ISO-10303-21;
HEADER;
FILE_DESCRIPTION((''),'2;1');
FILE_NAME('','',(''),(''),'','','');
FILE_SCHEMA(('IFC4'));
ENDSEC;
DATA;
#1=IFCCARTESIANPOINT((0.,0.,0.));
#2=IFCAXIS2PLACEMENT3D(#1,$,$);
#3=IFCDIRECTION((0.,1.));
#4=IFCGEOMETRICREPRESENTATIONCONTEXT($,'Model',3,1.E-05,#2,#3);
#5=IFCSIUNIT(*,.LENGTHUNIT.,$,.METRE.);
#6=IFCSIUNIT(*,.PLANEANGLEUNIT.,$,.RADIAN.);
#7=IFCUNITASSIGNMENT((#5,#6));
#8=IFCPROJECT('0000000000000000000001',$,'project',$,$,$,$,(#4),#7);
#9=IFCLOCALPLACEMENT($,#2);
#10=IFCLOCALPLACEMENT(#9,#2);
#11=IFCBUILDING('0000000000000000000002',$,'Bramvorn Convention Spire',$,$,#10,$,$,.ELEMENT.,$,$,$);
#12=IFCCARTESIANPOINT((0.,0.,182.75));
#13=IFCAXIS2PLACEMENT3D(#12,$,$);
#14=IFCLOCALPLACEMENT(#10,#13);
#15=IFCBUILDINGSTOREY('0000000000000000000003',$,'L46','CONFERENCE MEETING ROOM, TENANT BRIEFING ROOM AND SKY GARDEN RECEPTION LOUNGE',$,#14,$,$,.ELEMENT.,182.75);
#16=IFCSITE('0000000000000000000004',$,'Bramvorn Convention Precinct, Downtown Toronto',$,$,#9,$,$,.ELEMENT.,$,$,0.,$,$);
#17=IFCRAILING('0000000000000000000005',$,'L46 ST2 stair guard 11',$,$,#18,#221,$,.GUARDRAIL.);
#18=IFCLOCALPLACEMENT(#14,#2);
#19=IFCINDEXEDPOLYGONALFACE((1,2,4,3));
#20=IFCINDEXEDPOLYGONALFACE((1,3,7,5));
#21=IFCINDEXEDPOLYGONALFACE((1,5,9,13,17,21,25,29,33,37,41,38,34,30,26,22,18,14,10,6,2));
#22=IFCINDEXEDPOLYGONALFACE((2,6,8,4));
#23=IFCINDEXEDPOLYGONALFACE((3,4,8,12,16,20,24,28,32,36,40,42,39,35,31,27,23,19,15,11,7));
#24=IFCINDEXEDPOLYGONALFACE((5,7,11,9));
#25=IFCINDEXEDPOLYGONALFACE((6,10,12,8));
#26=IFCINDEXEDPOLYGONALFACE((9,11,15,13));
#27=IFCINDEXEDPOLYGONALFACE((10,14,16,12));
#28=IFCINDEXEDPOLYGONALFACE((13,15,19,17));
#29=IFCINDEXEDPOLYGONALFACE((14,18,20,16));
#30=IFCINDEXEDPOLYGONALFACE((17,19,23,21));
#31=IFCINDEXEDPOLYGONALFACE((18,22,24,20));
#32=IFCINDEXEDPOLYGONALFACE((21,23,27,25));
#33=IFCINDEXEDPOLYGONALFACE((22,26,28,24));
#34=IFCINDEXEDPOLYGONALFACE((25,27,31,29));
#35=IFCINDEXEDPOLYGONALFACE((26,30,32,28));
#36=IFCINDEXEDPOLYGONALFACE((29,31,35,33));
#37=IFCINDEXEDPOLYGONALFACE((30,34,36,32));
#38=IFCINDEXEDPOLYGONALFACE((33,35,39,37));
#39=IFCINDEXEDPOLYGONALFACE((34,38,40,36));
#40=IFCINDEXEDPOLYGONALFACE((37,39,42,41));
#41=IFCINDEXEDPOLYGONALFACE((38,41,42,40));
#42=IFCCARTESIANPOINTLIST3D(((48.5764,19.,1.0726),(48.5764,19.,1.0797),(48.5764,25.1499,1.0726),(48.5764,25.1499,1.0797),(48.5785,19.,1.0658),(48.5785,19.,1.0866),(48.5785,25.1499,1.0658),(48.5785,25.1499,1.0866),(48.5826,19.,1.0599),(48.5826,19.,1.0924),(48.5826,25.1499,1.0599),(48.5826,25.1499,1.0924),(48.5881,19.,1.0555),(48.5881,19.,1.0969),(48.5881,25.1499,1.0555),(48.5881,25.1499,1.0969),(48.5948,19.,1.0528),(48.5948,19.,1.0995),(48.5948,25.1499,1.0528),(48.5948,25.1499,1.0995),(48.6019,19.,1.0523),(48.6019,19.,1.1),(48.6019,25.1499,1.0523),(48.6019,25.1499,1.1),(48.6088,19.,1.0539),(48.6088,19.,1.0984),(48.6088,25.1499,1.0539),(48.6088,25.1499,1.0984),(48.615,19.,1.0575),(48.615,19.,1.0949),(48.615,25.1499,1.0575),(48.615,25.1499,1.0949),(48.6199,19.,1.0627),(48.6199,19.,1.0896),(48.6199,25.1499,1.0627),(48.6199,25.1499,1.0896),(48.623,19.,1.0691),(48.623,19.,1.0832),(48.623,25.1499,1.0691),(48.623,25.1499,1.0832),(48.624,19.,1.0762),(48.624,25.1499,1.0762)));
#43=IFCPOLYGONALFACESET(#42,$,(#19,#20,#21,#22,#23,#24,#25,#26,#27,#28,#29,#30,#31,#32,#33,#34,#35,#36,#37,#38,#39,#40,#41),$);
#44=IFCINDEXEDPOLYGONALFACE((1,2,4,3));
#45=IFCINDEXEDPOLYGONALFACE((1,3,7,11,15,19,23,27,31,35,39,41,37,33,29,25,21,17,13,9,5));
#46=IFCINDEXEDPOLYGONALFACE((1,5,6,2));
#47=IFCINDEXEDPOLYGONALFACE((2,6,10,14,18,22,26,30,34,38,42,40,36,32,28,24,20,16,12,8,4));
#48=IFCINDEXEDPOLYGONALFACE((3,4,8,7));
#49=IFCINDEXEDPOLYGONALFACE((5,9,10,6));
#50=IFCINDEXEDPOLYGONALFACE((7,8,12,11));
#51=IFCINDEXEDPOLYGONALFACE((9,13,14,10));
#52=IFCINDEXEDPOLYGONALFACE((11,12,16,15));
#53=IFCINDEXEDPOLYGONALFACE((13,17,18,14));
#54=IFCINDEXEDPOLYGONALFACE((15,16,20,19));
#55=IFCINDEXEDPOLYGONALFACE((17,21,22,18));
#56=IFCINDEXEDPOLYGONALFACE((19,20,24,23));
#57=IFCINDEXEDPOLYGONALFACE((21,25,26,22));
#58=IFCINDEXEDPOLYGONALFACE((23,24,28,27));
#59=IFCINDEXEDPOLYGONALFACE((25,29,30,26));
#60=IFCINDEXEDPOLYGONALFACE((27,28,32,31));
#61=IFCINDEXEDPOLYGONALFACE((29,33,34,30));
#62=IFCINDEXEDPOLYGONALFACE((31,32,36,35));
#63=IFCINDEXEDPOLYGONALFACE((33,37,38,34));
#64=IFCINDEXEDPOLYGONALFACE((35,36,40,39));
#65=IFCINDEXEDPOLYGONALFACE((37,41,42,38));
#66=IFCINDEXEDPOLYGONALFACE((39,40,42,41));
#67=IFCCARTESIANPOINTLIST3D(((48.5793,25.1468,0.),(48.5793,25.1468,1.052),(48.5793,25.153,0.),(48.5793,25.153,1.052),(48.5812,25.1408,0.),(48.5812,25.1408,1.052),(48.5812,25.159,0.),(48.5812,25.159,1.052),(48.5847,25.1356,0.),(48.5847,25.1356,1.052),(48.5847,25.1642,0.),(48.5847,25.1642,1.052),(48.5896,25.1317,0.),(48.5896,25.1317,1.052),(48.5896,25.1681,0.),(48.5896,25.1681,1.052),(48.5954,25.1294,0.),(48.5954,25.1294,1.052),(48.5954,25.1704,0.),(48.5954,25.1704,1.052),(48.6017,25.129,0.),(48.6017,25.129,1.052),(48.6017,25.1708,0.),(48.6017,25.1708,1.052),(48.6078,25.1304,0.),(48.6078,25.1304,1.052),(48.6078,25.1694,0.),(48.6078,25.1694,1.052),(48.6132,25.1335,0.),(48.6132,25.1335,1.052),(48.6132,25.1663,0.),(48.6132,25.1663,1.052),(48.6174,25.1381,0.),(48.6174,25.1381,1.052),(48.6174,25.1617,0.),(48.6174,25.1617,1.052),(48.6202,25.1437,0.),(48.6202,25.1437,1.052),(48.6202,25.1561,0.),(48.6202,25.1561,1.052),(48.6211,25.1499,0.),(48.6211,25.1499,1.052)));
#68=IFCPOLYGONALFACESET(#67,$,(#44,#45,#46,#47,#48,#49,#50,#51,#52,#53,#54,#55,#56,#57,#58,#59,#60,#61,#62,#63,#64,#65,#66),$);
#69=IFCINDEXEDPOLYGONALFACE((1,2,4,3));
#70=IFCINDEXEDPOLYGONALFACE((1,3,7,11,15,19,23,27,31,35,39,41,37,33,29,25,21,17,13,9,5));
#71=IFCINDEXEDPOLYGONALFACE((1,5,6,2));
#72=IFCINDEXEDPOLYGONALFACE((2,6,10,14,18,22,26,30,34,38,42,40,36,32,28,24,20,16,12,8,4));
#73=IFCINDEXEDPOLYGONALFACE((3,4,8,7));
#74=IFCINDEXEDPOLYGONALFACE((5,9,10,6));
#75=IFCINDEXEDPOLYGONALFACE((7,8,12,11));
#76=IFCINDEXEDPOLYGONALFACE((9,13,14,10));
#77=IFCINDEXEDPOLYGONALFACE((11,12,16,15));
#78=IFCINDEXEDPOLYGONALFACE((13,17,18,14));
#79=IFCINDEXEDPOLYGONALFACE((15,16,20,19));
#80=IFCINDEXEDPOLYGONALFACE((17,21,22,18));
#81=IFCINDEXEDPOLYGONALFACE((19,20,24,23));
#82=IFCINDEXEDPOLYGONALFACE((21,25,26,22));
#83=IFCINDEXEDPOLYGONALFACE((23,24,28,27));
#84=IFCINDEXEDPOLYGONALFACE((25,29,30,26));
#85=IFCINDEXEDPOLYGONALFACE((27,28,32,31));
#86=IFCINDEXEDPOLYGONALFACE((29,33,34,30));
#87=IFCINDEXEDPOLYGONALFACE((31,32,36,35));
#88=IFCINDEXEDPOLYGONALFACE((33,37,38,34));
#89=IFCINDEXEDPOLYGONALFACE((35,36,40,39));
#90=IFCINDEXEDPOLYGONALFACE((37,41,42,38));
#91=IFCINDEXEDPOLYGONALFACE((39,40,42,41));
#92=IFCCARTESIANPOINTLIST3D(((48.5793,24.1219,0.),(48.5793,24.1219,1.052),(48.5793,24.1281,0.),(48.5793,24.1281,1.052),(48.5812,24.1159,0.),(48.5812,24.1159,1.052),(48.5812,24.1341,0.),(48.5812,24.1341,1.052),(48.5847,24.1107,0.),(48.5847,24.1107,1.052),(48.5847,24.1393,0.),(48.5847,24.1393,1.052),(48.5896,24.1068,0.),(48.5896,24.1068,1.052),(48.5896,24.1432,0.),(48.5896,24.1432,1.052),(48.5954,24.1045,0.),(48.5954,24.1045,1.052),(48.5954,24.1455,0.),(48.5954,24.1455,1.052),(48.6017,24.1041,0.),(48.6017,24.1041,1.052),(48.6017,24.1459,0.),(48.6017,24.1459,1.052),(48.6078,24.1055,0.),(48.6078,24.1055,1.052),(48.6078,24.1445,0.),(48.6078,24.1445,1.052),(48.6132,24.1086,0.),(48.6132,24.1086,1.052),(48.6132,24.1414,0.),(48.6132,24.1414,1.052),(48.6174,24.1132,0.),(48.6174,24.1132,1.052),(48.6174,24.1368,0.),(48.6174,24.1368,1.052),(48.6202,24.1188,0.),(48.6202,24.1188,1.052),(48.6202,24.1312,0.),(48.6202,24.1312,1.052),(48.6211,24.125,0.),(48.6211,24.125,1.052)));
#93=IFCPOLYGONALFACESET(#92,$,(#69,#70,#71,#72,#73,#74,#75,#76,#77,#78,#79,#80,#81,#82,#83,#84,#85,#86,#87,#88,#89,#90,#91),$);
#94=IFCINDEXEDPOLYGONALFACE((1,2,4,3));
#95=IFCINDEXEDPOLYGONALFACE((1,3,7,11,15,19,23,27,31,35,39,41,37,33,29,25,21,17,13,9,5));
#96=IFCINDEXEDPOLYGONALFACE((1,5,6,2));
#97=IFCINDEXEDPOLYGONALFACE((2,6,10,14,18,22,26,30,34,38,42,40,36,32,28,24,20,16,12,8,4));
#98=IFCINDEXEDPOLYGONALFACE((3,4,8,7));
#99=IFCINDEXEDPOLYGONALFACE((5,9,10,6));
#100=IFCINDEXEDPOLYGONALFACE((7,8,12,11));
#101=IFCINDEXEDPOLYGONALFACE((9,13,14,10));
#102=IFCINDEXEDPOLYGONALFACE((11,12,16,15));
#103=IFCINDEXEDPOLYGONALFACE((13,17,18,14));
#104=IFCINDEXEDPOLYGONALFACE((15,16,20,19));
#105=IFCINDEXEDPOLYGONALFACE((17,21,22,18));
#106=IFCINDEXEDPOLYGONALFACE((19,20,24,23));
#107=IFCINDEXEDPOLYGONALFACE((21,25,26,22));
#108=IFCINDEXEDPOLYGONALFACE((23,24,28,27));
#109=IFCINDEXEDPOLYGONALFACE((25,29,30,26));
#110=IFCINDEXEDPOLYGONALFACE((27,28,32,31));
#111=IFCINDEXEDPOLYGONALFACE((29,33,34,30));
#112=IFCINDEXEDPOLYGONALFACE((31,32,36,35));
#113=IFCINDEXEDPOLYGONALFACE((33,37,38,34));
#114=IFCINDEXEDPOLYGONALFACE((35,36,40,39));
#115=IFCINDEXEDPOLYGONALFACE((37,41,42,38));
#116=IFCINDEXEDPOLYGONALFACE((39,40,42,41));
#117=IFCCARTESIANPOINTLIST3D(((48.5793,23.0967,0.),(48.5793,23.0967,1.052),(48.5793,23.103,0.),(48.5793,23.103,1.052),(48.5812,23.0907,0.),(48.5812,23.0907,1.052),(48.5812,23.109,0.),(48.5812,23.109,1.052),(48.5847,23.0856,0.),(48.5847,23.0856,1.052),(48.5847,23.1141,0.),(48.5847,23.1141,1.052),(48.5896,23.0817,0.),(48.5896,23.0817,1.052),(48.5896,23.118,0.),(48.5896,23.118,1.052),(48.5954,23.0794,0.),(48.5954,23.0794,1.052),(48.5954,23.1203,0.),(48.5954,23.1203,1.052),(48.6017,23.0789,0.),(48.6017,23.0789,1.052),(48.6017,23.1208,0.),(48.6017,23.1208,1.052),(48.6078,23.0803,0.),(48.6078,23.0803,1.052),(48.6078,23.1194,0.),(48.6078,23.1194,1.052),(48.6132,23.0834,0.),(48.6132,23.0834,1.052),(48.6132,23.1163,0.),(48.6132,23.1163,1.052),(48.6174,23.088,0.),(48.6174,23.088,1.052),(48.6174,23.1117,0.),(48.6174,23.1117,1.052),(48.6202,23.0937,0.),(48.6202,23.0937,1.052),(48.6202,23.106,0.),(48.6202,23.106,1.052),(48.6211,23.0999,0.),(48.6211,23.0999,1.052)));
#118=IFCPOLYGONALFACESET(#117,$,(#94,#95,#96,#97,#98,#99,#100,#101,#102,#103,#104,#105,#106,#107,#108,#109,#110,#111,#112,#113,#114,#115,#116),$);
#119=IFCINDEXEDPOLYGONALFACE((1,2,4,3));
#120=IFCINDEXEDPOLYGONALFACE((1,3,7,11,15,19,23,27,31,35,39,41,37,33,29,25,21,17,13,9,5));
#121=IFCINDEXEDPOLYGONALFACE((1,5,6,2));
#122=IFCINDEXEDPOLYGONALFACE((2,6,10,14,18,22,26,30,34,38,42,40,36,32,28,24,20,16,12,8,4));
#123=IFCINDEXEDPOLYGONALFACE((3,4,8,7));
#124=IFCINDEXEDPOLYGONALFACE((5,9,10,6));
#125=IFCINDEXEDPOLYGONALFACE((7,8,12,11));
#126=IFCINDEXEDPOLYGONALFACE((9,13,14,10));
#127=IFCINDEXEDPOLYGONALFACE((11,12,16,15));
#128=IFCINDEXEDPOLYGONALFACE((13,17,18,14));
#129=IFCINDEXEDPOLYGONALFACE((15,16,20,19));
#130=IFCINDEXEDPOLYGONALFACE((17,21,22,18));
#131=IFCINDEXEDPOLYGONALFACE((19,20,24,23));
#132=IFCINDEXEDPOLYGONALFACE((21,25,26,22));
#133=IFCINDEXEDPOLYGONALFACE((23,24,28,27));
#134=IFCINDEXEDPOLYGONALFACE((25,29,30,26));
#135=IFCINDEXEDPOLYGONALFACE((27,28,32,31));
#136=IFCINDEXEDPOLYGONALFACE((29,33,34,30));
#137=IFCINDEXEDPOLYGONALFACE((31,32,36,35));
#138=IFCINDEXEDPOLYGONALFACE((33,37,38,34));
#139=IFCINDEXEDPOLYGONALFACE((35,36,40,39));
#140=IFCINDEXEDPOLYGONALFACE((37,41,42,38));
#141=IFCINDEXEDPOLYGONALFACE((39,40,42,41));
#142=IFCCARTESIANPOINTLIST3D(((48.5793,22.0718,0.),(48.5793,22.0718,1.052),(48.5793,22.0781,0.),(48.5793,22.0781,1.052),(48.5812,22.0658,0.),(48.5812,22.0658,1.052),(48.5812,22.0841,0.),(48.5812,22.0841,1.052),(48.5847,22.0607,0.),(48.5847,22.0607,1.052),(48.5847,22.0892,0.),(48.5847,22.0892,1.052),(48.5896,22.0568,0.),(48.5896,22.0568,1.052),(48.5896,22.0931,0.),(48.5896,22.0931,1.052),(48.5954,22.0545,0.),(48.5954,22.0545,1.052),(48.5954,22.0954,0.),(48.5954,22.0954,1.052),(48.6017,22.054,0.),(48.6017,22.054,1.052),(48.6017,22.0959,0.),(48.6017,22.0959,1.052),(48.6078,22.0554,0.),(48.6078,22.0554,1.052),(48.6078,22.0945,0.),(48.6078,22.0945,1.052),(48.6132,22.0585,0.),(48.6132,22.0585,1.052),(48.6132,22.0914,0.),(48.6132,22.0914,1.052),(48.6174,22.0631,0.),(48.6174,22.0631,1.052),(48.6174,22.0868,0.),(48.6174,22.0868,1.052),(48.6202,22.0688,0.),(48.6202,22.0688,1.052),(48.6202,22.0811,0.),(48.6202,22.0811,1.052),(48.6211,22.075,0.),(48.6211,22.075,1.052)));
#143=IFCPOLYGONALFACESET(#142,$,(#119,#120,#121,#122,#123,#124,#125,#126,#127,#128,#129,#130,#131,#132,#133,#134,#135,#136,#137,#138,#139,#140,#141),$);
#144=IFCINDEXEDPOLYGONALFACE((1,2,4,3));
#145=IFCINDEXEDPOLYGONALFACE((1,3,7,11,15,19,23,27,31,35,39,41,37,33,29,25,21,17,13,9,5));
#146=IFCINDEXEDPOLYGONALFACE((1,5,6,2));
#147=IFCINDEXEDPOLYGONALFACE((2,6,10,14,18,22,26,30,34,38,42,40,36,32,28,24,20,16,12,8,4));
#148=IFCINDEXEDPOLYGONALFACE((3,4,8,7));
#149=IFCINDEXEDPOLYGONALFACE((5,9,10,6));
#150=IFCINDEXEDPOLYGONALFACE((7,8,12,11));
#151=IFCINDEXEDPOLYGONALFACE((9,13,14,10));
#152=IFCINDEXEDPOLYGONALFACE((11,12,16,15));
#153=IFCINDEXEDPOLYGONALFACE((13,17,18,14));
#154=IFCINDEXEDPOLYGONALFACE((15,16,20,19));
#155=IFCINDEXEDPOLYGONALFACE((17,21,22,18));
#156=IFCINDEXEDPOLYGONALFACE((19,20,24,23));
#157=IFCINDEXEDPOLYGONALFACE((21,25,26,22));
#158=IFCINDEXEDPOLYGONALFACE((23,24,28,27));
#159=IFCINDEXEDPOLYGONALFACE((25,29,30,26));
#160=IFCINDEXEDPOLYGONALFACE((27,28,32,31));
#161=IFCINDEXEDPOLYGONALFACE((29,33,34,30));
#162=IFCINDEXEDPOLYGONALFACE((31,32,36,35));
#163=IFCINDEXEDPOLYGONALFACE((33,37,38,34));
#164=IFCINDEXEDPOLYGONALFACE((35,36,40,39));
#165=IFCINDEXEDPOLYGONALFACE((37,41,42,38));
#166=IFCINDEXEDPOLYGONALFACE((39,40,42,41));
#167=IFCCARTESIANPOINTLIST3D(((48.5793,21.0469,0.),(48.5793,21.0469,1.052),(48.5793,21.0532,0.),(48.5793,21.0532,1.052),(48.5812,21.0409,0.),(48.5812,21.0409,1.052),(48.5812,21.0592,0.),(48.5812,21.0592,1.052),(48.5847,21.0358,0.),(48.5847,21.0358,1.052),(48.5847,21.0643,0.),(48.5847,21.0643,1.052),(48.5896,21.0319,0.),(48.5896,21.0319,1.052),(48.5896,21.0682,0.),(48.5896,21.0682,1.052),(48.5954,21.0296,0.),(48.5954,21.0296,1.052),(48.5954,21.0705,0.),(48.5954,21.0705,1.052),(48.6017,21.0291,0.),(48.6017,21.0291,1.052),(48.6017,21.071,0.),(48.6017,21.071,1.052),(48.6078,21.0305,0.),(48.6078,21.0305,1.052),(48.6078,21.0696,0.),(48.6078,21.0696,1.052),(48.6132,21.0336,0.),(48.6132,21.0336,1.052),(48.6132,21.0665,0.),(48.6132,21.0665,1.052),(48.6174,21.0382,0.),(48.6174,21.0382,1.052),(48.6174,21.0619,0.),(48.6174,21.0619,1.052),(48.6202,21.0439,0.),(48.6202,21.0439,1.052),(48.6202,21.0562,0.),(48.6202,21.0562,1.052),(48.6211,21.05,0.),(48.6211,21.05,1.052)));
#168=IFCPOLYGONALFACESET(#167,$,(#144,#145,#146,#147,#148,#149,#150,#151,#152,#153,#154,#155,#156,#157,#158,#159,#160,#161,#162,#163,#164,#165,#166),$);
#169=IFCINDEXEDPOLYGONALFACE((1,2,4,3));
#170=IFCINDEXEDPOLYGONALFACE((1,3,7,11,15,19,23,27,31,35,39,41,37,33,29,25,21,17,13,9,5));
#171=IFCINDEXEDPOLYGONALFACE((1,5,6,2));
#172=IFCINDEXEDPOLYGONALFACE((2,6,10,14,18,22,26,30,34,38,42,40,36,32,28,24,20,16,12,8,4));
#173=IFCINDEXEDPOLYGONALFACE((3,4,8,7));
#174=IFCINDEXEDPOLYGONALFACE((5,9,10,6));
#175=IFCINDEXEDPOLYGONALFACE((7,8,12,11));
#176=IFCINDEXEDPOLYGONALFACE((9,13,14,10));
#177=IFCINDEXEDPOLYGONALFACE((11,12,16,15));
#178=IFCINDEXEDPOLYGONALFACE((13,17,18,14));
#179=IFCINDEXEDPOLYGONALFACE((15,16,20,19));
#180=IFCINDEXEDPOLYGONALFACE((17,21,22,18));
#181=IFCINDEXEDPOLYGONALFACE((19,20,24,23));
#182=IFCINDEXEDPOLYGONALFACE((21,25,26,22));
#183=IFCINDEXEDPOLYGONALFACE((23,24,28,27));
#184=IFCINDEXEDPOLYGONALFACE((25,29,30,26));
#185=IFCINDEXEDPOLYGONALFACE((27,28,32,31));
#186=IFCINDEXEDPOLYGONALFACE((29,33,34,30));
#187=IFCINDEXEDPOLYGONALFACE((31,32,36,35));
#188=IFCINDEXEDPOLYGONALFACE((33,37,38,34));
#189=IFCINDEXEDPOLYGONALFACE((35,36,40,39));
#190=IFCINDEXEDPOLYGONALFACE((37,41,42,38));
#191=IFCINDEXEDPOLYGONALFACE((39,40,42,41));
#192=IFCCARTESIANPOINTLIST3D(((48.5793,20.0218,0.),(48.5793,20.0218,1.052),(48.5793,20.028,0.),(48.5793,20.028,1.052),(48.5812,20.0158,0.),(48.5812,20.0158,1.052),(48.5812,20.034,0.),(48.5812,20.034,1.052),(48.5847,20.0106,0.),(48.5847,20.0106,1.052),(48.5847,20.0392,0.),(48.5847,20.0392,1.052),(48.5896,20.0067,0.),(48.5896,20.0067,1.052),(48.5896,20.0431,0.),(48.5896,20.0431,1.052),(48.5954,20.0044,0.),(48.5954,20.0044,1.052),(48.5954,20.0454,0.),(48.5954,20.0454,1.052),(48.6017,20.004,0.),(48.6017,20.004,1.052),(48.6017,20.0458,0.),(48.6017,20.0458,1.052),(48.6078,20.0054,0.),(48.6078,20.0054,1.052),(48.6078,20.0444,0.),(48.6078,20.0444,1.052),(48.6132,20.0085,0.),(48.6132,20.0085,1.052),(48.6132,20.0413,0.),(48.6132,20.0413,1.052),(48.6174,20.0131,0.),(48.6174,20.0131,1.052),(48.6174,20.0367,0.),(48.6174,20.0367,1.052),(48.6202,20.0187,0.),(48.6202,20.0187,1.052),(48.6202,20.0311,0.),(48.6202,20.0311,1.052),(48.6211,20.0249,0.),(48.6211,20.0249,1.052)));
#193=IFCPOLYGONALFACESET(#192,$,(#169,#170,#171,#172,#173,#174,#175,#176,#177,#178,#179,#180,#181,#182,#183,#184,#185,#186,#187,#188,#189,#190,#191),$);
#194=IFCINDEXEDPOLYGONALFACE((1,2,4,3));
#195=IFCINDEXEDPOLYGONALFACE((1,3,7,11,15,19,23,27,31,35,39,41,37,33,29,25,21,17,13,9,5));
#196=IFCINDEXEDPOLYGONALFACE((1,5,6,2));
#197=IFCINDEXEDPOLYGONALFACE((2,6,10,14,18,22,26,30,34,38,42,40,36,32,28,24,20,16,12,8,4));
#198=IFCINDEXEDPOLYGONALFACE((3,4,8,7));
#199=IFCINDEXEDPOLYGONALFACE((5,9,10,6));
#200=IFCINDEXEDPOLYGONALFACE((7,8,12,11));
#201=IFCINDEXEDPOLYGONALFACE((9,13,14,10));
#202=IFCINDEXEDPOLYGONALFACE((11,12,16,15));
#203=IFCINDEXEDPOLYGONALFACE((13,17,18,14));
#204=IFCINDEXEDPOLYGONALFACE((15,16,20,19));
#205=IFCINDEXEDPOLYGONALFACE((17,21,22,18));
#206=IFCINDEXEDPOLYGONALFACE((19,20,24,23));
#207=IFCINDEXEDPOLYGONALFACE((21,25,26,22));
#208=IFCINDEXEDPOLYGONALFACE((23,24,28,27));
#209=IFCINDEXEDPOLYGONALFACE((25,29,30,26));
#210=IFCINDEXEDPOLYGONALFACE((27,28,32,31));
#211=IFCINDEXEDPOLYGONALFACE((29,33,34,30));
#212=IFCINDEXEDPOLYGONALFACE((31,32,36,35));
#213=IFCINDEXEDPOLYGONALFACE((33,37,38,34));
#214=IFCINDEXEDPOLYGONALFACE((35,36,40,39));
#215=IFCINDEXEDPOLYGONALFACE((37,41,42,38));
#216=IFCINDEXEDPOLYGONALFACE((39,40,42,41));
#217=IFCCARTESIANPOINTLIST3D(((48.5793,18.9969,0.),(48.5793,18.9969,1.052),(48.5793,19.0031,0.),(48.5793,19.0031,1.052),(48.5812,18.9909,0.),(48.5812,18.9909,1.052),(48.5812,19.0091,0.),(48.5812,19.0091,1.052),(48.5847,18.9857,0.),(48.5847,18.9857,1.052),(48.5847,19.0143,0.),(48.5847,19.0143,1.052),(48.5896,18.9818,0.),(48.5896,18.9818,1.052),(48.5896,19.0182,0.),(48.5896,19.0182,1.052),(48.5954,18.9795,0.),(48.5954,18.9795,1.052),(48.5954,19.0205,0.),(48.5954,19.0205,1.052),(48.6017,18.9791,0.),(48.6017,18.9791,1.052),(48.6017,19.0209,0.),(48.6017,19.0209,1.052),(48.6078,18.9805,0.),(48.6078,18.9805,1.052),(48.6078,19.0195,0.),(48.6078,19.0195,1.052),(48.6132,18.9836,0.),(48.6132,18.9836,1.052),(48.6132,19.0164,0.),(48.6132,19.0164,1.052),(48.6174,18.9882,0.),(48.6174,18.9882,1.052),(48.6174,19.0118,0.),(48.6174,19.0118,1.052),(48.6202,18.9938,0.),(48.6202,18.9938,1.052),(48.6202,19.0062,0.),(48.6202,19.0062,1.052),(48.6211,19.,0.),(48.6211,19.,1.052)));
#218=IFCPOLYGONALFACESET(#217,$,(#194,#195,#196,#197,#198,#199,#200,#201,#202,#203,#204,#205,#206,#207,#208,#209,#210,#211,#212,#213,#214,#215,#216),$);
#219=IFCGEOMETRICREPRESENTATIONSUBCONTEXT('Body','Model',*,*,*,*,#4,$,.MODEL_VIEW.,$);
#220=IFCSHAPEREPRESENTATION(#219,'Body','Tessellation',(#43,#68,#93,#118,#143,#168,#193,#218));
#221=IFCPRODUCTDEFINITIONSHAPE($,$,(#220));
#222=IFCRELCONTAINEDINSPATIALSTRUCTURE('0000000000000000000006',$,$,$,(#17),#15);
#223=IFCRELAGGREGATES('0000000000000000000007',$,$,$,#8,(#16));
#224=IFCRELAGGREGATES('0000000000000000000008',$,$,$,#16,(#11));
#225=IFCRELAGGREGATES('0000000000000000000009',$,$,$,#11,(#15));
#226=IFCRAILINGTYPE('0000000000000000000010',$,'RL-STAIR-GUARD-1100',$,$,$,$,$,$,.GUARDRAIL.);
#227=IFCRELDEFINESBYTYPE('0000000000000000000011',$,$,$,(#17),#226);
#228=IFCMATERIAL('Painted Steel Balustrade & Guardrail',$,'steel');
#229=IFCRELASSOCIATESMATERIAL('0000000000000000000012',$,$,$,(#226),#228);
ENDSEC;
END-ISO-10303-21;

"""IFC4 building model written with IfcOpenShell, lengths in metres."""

from ifc_helpers import new_model, si_unit, direction, frame, origin, origin_2d, place, context, subcontext, project, spatial, circle, extrude, material, type_object, element, save


model = new_model("IFC4")

# Units and contexts
model_context = context("Model", 3, precision=1e-05, world=origin(), true_north=direction((0.0, 1.0)))
body_context = subcontext(model_context, "Body", "Model", "MODEL_VIEW")
ifc_project = project(units=[si_unit("LENGTHUNIT", "METRE"), si_unit("PLANEANGLEUNIT", "RADIAN")], contexts=[model_context])

# Site, building, storey
site_placement = place(None, origin())
site = spatial("IfcSite", under=ifc_project, at=site_placement, Name="Bramvorn Convention Precinct, Downtown Toronto", CompositionType="ELEMENT", RefElevation=0.0)
building_placement = place(site_placement, origin())
building = spatial("IfcBuilding", under=site, at=building_placement, Name="Bramvorn Convention Spire", CompositionType="ELEMENT")
storey_placement = place(building_placement, frame((0.0, 0.0, 182.75)))
storey = spatial("IfcBuildingStorey", under=building, at=storey_placement, Name="L46", Description="CONFERENCE MEETING ROOM, TENANT BRIEFING ROOM AND SKY GARDEN RECEPTION LOUNGE", CompositionType="ELEMENT", Elevation=182.75)

# Railing
ifc_material_1 = material(Name="Painted Steel Balustrade & Guardrail", Category="steel")
railing_type_1 = type_object("IfcRailingType", Name="RL-STAIR-GUARD-1100", PredefinedType="GUARDRAIL", material=ifc_material_1)
railing_1_placement = place(storey_placement, frame((48.6001, 25.1499, 0.0)))
element("IfcRailing", 1, at=railing_1_placement, inside=storey, type_object=railing_type_1, Name="L46 ST2 stair guard 11", PredefinedType="GUARDRAIL", context=body_context, shape_type="SweptSolid", body=[
    extrude(circle(Radius=0.0239, at=origin_2d()), frame((0.0, 0.0, 1.0762), z_axis=(0.0, -1.0, 0.0), x_axis=(1.0, 0.0, 0.0)), (0.0, 0.0, 1.0), 6.1499),
    extrude(circle(Radius=0.021, at=origin_2d()), origin(), (0.0, 0.0, 1.0), 1.052),
    extrude(circle(Radius=0.021, at=origin_2d()), frame((0.0, -1.0249, 0.0)), (0.0, 0.0, 1.0), 1.052),
    extrude(circle(Radius=0.021, at=origin_2d()), frame((0.0, -2.05, 0.0)), (0.0, 0.0, 1.0), 1.052),
    extrude(circle(Radius=0.021, at=origin_2d()), frame((0.0, -3.075, 0.0)), (0.0, 0.0, 1.0), 1.052),
    extrude(circle(Radius=0.021, at=origin_2d()), frame((0.0, -4.0999, 0.0)), (0.0, 0.0, 1.0), 1.052),
    extrude(circle(Radius=0.021, at=origin_2d()), frame((0.0, -5.125, 0.0)), (0.0, 0.0, 1.0), 1.052),
    extrude(circle(Radius=0.021, at=origin_2d()), frame((0.0, -6.1499, 0.0)), (0.0, 0.0, 1.0), 1.052),
])

save(model, "model.ifc")
